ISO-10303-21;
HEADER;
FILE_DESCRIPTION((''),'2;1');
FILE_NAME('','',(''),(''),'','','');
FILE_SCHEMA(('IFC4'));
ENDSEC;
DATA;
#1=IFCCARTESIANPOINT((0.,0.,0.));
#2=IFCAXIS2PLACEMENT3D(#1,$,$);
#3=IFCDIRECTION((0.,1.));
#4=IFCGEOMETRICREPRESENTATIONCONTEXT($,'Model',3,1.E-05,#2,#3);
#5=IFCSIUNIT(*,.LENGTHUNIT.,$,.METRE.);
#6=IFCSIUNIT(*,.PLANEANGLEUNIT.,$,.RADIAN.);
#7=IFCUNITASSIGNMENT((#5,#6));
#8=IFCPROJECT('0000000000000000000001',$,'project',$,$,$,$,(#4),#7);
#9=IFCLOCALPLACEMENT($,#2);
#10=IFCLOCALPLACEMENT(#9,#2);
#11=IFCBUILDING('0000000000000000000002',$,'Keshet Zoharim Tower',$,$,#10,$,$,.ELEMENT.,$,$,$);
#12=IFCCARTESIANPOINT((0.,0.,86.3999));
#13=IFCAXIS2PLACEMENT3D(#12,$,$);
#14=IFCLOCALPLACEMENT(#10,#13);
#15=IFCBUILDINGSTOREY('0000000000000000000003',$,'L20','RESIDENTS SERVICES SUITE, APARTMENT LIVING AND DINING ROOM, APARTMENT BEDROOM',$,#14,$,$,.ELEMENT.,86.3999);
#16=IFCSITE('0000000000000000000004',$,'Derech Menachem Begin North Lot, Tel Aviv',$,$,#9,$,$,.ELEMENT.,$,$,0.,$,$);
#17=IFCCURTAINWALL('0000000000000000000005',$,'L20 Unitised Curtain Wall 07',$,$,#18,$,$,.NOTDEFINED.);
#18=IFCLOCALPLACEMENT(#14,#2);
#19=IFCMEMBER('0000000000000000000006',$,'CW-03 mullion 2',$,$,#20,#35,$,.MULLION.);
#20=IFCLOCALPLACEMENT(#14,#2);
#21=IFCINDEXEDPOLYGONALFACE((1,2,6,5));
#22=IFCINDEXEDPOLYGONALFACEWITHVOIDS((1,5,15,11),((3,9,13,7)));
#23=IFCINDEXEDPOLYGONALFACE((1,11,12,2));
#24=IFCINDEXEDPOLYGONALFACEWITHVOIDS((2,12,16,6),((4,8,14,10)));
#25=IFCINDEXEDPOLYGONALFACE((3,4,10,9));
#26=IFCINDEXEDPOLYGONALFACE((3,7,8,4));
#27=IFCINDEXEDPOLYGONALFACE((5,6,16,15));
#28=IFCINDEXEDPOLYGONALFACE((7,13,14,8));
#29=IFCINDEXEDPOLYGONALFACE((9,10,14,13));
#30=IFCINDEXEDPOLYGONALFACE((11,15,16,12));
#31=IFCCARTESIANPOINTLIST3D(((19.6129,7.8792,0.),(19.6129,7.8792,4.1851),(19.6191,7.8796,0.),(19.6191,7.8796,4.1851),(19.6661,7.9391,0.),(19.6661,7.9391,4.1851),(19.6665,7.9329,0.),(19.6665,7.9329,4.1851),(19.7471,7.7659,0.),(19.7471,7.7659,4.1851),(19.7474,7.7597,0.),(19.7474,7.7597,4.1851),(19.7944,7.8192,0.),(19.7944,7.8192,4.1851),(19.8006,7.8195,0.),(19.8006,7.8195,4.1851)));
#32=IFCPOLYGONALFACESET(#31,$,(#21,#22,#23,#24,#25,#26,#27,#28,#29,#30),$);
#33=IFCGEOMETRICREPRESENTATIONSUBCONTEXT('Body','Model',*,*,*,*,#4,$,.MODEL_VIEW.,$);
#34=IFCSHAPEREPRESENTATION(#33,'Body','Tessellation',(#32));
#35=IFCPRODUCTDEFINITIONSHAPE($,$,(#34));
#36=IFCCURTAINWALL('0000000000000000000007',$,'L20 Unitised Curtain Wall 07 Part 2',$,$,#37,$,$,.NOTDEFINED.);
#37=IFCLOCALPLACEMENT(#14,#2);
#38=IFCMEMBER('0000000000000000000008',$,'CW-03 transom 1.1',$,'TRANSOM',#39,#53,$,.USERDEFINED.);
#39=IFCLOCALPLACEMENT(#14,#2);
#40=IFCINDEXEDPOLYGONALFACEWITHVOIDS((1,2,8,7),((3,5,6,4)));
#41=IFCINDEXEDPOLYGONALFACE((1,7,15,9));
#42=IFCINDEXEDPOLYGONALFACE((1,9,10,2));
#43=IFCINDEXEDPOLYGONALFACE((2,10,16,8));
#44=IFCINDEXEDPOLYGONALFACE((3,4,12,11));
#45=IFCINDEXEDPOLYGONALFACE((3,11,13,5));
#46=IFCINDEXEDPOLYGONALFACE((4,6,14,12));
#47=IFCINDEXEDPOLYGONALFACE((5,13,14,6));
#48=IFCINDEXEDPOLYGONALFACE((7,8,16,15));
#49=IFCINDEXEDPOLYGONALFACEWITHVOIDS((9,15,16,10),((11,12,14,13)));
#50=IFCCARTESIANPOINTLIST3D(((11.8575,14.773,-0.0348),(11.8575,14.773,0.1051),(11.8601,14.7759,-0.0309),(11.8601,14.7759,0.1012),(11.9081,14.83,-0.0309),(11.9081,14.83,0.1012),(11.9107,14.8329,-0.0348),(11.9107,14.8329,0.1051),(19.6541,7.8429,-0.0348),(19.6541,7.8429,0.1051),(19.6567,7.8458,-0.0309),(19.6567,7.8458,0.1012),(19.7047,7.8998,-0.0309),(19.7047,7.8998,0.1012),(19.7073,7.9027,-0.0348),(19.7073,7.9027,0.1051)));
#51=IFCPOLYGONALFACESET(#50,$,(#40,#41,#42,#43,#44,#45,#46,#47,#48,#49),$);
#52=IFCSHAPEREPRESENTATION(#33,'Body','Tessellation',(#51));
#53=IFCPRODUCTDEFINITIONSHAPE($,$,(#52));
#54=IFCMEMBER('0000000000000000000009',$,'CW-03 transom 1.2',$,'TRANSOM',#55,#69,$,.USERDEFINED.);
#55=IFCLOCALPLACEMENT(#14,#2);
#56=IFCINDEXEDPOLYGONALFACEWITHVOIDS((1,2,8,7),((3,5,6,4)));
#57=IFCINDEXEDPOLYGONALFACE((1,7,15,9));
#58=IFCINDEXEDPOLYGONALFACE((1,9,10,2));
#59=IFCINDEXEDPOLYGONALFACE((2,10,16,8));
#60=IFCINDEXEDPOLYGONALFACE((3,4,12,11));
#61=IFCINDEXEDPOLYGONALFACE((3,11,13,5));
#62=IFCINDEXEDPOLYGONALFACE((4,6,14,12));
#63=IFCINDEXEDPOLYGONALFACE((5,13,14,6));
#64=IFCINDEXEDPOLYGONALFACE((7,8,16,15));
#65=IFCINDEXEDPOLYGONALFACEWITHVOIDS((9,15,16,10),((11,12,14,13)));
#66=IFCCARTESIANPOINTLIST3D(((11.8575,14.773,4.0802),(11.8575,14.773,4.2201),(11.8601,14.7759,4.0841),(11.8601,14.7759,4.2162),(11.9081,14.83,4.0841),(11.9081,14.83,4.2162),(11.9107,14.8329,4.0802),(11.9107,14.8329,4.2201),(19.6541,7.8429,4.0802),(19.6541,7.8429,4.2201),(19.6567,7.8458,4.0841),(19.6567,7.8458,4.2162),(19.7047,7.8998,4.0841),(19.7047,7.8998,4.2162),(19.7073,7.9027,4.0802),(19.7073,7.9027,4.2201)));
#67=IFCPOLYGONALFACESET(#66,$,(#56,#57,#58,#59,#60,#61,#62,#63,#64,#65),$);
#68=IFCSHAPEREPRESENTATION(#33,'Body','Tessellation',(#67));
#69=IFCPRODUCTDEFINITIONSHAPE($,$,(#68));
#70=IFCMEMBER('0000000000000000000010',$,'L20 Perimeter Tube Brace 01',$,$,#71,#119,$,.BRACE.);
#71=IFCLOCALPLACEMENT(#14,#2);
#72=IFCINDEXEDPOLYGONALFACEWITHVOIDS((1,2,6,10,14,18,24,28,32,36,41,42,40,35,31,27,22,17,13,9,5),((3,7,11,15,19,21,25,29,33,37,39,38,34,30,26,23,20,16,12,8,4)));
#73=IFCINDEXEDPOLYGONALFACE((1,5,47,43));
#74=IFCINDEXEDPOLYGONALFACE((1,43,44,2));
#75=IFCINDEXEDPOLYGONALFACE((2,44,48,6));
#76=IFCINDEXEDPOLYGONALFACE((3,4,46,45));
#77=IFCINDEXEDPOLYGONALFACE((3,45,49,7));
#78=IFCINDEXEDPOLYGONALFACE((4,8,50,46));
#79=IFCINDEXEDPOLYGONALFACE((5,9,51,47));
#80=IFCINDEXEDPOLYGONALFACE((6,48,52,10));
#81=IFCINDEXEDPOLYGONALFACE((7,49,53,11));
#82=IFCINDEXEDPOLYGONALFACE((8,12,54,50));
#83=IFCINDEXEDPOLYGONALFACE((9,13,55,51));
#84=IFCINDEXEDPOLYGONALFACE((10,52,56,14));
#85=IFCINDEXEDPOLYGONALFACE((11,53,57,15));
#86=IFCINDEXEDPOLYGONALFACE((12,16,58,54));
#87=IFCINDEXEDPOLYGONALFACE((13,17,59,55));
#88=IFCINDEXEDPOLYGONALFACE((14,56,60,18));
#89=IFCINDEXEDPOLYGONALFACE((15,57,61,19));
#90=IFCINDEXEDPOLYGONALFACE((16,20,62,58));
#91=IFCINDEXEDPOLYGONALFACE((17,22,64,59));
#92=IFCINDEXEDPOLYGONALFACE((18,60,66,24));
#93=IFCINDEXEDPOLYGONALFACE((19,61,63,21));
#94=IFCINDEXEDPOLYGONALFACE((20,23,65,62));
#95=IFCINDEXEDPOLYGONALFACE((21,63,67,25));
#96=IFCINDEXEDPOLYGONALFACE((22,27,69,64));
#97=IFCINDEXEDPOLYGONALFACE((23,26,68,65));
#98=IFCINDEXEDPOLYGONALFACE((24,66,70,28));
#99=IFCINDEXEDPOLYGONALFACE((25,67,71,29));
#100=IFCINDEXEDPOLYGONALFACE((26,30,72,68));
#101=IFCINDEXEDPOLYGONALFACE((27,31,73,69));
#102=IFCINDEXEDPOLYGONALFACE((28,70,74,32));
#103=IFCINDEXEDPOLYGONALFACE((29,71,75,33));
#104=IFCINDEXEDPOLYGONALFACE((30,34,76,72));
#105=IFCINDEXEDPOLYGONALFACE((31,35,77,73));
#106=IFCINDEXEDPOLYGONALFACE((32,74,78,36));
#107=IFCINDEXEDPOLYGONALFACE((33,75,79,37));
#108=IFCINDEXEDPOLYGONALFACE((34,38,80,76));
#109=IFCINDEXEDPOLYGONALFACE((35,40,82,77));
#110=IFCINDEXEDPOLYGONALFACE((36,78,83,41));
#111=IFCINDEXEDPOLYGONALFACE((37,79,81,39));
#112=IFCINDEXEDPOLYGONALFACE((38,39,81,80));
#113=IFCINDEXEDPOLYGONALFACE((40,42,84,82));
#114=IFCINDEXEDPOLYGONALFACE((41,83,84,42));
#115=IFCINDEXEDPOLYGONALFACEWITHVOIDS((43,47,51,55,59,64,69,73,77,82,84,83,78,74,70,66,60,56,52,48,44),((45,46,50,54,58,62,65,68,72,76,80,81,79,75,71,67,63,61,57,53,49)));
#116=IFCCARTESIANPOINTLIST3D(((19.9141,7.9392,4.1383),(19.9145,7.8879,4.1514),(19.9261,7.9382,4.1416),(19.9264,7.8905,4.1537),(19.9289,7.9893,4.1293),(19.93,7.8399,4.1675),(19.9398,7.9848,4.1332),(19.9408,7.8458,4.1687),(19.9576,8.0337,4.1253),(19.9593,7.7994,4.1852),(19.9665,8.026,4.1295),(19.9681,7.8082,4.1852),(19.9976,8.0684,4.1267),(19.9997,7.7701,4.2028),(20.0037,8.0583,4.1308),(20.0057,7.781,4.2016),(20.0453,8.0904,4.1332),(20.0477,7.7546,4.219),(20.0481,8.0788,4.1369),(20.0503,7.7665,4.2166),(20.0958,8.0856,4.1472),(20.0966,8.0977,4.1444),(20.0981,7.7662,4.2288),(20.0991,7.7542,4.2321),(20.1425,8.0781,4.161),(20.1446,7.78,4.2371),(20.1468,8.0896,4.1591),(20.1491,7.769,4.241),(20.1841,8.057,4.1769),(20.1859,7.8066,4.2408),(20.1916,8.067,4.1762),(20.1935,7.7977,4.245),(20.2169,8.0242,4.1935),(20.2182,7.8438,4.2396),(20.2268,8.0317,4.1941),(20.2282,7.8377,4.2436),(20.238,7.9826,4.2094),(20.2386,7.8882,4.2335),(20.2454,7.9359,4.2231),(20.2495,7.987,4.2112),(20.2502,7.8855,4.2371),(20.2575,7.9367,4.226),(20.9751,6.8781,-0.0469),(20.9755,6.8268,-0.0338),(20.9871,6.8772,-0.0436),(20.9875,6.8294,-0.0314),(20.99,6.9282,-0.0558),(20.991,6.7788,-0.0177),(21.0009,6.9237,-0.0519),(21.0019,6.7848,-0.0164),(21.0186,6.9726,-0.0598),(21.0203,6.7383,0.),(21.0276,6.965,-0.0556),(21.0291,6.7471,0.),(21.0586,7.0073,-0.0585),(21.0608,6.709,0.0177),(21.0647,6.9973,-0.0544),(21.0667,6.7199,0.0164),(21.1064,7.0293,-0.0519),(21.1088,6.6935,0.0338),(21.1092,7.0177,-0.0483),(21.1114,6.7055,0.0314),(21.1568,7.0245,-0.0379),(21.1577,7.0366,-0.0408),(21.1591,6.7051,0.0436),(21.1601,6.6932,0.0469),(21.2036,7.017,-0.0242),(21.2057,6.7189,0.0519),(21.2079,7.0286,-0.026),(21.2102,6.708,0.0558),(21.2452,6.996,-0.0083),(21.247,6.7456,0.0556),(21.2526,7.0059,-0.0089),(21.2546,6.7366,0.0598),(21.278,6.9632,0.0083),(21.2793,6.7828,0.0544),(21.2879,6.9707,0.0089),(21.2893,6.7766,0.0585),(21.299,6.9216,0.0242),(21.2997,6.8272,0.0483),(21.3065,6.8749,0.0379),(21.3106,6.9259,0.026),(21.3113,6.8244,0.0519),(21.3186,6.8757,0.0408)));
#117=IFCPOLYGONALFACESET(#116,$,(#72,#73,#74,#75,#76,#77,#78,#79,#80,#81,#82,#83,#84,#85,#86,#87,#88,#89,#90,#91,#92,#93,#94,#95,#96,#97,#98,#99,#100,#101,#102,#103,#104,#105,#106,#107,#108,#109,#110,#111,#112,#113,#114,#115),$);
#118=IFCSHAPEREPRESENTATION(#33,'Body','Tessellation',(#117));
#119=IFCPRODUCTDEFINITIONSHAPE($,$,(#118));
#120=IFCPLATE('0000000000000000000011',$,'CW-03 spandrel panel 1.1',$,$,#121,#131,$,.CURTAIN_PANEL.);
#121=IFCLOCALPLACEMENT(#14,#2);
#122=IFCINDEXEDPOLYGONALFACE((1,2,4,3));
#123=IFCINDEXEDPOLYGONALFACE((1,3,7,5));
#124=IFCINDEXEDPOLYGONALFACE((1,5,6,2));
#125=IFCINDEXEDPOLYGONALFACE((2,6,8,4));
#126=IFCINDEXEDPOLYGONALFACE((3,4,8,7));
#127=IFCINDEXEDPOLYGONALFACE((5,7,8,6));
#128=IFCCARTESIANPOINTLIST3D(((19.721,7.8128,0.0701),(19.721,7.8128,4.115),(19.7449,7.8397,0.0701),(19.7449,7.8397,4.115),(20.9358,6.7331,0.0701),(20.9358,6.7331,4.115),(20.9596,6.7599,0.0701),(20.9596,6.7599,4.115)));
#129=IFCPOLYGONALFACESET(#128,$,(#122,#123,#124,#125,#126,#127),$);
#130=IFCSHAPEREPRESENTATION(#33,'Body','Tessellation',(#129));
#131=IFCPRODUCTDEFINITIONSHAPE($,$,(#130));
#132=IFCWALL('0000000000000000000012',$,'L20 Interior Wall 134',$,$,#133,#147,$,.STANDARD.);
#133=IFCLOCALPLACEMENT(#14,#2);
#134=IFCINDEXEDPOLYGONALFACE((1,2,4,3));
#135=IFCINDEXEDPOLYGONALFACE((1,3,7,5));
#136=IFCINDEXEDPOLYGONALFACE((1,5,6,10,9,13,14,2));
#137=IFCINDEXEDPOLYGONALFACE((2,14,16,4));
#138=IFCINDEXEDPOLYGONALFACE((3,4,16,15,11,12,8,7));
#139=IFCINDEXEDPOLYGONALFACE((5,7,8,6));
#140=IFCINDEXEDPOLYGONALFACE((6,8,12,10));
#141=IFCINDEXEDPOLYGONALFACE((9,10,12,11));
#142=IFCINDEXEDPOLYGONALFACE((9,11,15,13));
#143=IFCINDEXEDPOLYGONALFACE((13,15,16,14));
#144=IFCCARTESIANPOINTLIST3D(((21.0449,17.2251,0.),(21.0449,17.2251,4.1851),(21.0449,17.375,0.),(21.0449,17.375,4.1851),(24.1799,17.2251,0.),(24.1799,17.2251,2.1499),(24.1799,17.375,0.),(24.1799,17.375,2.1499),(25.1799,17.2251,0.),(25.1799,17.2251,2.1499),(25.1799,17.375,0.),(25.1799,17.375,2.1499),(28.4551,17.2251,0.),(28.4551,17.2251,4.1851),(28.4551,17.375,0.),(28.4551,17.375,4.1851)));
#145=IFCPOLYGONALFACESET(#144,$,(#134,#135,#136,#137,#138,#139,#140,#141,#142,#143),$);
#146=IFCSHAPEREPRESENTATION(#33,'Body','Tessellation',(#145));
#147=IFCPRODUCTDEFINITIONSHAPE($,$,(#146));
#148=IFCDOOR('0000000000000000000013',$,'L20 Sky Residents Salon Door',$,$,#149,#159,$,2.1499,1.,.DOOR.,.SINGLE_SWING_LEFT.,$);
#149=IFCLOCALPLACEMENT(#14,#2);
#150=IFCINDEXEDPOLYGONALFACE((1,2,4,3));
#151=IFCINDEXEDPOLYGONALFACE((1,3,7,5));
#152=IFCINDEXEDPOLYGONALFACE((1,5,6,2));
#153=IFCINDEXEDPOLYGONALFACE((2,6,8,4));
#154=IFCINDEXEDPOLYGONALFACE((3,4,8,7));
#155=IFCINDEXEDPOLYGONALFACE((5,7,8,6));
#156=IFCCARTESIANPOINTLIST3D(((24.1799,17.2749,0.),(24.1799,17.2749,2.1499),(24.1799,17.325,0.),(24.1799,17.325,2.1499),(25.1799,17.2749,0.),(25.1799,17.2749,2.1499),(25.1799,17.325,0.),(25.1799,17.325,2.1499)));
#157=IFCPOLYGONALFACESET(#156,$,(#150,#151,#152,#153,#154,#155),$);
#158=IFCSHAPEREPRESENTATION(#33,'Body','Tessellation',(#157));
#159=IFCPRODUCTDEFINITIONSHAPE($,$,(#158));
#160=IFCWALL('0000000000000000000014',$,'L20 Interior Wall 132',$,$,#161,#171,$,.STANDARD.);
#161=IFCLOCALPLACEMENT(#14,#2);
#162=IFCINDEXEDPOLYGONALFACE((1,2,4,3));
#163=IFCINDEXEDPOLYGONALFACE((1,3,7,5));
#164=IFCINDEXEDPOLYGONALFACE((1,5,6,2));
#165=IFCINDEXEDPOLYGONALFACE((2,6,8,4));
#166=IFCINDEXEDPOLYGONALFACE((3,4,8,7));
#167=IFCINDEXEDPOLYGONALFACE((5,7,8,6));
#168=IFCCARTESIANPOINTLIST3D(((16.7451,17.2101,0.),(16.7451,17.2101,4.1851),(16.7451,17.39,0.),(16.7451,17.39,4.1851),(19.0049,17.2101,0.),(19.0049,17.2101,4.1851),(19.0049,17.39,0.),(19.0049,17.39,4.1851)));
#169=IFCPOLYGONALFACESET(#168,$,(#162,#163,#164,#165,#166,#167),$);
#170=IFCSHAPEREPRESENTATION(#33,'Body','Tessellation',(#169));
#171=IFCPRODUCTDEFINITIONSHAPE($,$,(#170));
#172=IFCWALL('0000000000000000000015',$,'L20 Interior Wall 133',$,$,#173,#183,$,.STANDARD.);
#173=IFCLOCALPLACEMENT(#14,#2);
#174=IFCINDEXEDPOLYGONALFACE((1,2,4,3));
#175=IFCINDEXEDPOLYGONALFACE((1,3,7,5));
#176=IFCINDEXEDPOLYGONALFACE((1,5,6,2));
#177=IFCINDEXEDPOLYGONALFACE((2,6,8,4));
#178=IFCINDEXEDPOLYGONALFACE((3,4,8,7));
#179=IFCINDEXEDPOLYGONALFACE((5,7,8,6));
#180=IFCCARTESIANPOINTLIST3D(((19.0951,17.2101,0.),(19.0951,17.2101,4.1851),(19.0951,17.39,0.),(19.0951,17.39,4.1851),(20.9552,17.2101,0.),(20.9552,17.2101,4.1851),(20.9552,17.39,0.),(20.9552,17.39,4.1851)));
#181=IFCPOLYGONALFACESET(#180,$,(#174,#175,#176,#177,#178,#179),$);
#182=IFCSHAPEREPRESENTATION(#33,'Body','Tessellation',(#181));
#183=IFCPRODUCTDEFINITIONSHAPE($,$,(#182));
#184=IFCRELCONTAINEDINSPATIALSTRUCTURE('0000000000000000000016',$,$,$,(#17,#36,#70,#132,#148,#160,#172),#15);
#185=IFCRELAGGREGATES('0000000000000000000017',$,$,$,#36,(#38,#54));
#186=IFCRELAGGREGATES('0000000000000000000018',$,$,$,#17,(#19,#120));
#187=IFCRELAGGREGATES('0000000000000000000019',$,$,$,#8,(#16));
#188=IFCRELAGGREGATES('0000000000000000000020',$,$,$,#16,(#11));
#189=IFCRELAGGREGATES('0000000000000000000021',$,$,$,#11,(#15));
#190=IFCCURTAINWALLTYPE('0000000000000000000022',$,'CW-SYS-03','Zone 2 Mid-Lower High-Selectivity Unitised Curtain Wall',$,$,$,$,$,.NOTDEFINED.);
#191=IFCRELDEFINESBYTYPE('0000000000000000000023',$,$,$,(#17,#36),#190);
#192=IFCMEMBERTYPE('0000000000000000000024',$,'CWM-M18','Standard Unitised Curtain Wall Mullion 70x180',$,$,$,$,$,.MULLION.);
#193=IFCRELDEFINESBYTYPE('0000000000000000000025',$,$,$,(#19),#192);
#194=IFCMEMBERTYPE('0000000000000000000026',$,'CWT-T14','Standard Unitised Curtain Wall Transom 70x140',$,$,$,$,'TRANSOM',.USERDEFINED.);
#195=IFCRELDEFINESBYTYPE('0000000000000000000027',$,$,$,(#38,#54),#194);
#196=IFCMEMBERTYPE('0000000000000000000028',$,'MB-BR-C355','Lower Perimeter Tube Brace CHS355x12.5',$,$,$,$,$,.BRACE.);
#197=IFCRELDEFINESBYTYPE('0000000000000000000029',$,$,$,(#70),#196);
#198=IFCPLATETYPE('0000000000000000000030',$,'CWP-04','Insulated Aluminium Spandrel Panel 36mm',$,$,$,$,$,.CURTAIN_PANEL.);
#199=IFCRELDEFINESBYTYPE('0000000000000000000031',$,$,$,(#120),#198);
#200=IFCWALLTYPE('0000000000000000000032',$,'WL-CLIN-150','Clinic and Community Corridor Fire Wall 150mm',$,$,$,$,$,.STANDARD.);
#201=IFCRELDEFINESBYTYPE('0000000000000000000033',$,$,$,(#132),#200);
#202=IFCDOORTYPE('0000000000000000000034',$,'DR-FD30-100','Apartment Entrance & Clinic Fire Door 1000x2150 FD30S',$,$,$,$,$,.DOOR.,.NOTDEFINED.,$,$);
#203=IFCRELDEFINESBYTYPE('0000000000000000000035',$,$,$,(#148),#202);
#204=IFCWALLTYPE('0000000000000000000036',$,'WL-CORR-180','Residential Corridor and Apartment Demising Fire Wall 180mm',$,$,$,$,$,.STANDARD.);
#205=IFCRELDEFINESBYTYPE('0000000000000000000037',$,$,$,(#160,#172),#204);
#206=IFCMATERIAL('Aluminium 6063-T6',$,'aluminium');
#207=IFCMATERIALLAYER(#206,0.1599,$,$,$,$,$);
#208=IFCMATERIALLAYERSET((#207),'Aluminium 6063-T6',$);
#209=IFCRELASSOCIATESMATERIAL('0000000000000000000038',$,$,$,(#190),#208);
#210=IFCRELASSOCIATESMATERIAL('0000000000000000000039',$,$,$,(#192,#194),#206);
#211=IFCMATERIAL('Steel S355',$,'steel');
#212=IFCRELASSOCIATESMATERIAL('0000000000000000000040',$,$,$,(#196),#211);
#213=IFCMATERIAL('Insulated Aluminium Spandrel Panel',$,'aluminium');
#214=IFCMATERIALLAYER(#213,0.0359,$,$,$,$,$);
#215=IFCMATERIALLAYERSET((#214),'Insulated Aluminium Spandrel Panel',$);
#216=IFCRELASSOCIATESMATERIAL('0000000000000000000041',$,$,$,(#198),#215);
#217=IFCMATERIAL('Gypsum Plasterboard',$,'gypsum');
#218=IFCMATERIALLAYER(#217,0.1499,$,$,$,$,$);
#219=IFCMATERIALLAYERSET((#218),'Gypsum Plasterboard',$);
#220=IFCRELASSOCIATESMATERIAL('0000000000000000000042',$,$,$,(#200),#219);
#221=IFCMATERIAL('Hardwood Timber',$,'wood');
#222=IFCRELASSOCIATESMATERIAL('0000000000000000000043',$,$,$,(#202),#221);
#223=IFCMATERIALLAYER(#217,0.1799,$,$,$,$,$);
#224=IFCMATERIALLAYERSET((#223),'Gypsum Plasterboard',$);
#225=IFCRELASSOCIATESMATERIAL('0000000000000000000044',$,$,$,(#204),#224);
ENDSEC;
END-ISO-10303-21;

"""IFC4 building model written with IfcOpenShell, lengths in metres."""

from ifc_helpers import new_model, si_unit, direction, frame, frame_2d, origin, origin_2d, place, context, subcontext, project, spatial, rectangle, hollow_rectangle, hollow_circle, extrude, material, layer, layer_set, material_profile, profile_set, type_object, element, fill, aggregate, save


model = new_model("IFC4")

# Units and contexts
model_context = context("Model", 3, precision=1e-05, world=origin(), true_north=direction((0.0, 1.0)))
body_context = subcontext(model_context, "Body", "Model", "MODEL_VIEW")
ifc_project = project(units=[si_unit("LENGTHUNIT", "METRE"), si_unit("PLANEANGLEUNIT", "RADIAN")], contexts=[model_context])

# Site, building, storey
site_placement = place(None, origin())
site = spatial("IfcSite", under=ifc_project, at=site_placement, Name="Derech Menachem Begin North Lot, Tel Aviv", CompositionType="ELEMENT", RefElevation=0.0)
building_placement = place(site_placement, origin())
building = spatial("IfcBuilding", under=site, at=building_placement, Name="Keshet Zoharim Tower", CompositionType="ELEMENT")
storey_placement = place(building_placement, frame((0.0, 0.0, 86.3999)))
storey = spatial("IfcBuildingStorey", under=building, at=storey_placement, Name="L20", Description="RESIDENTS SERVICES SUITE, APARTMENT LIVING AND DINING ROOM, APARTMENT BEDROOM", CompositionType="ELEMENT", Elevation=86.3999)

# Curtain wall, member
ifc_material_1 = material(Name="Aluminium 6063-T6", Category="aluminium")
ifc_layer_1 = layer(ifc_material_1, 0.1599)
ifc_layer_set_1 = layer_set([ifc_layer_1], Name="Aluminium 6063-T6")
curtain_wall_type = type_object("IfcCurtainWallType", Name="CW-SYS-03", Description="Zone 2 Mid-Lower High-Selectivity Unitised Curtain Wall", PredefinedType="NOTDEFINED", material=ifc_layer_set_1)
curtain_wall_1_placement = place(storey_placement, origin())
curtain_wall_1 = element("IfcCurtainWall", 1, at=curtain_wall_1_placement, inside=storey, type_object=curtain_wall_type, Name="L20 Unitised Curtain Wall 07", PredefinedType="NOTDEFINED")
ifc_material_profile_1 = material_profile(ifc_material_1, hollow_rectangle(XDim=0.0801, YDim=0.1799, WallThickness=0.0044, at=origin_2d()), Name="MUL-80x180")
ifc_profile_set_1 = profile_set([ifc_material_profile_1], Name="Aluminium 6063-T6")
member_type_1 = type_object("IfcMemberType", Name="CWM-M18", Description="Standard Unitised Curtain Wall Mullion 70x180", PredefinedType="MULLION", material=ifc_profile_set_1)
member_1_placement = place(storey_placement, frame((19.7068, 7.8494, 0.0), z_axis=(0.0, 0.0, 1.0), x_axis=(-0.66436, -0.747412, 0.0)))
member_1 = element("IfcMember", 2, at=member_1_placement, type_object=member_type_1, Name="CW-03 mullion 2", PredefinedType="MULLION", context=body_context, shape_type="SweptSolid", body=[
    extrude(hollow_rectangle(XDim=0.0801, YDim=0.1799, WallThickness=0.0044, at=origin_2d()), origin(), (0.0, 0.0, 1.0), 4.1851),
])

# Curtain wall, members
curtain_wall_2_placement = place(storey_placement, origin())
curtain_wall_2 = element("IfcCurtainWall", 3, at=curtain_wall_2_placement, inside=storey, type_object=curtain_wall_type, Name="L20 Unitised Curtain Wall 07 Part 2", PredefinedType="NOTDEFINED")
ifc_material_profile_2 = material_profile(ifc_material_1, hollow_rectangle(XDim=0.0801, YDim=0.1399, WallThickness=0.0039, at=origin_2d()), Name="TRN-80x140")
ifc_profile_set_2 = profile_set([ifc_material_profile_2], Name="Aluminium 6063-T6")
member_type_2 = type_object("IfcMemberType", Name="CWT-T14", Description="Standard Unitised Curtain Wall Transom 70x140", ElementType="TRANSOM", PredefinedType="USERDEFINED", material=ifc_profile_set_2)
member_2_placement = place(storey_placement, frame((19.6807, 7.8728, 0.0352), z_axis=(-0.747417, 0.664355, 0.0), x_axis=(-0.664355, -0.747417, 0.0)))
member_2 = element("IfcMember", 4, at=member_2_placement, type_object=member_type_2, Name="CW-03 transom 1.1", ObjectType="TRANSOM", PredefinedType="USERDEFINED", context=body_context, shape_type="SweptSolid", body=[
    extrude(hollow_rectangle(XDim=0.0801, YDim=0.1399, WallThickness=0.0039, at=origin_2d()), origin(), (0.0, 0.0, 1.0), 10.4314),
])
member_3_placement = place(storey_placement, frame((19.6807, 7.8728, 4.1501), z_axis=(-0.747417, 0.664355, 0.0), x_axis=(-0.664355, -0.747417, 0.0)))
member_3 = element("IfcMember", 5, at=member_3_placement, type_object=member_type_2, Name="CW-03 transom 1.2", ObjectType="TRANSOM", PredefinedType="USERDEFINED", context=body_context, shape_type="SweptSolid", body=[
    extrude(hollow_rectangle(XDim=0.0801, YDim=0.1399, WallThickness=0.0039, at=origin_2d()), origin(), (0.0, 0.0, 1.0), 10.4314),
])
aggregate(curtain_wall_2, [member_2, member_3])

# Member
ifc_material_2 = material(Name="Steel S355", Category="steel")
ifc_material_profile_3 = material_profile(ifc_material_2, hollow_circle(Radius=0.1777, WallThickness=0.0125, at=origin_2d()), Name="CHS355x12.5")
ifc_profile_set_3 = profile_set([ifc_material_profile_3], Name="Steel S355")
member_type_3 = type_object("IfcMemberType", Name="MB-BR-C355", Description="Lower Perimeter Tube Brace CHS355x12.5", PredefinedType="BRACE", material=ifc_profile_set_3)
member_4_placement = place(storey_placement, frame((21.146, 6.864, 0.0), z_axis=(-0.238653, 0.238653, 0.941323), x_axis=(-0.707107, -0.707107, 0.0)))
element("IfcMember", 6, at=member_4_placement, inside=storey, type_object=member_type_3, Name="L20 Perimeter Tube Brace 01", PredefinedType="BRACE", context=body_context, shape_type="SweptSolid", body=[
    extrude(hollow_circle(Radius=0.1777, WallThickness=0.0125, at=origin_2d()), origin(), (0.0, 0.0, 1.0), 4.446),
])

# Plate
ifc_material_3 = material(Name="Insulated Aluminium Spandrel Panel", Category="aluminium")
ifc_layer_2 = layer(ifc_material_3, 0.0359)
ifc_layer_set_2 = layer_set([ifc_layer_2], Name="Insulated Aluminium Spandrel Panel")
plate_type = type_object("IfcPlateType", Name="CWP-04", Description="Insulated Aluminium Spandrel Panel 36mm", PredefinedType="CURTAIN_PANEL", material=ifc_layer_set_2)
plate_placement = place(storey_placement, frame((20.3403, 7.2864, 0.0701), z_axis=(0.0, 0.0, 1.0), x_axis=(-0.747412, 0.66436, 0.0)))
plate = element("IfcPlate", 7, at=plate_placement, type_object=plate_type, Name="CW-03 spandrel panel 1.1", PredefinedType="CURTAIN_PANEL", context=body_context, shape_type="SweptSolid", body=[
    extrude(rectangle(XDim=1.6252, YDim=0.0359, at=origin_2d()), origin(), (0.0, 0.0, 1.0), 4.0449),
])
aggregate(curtain_wall_1, [member_1, plate])

# Wall, opening, door
ifc_material_4 = material(Name="Gypsum Plasterboard", Category="gypsum")
ifc_layer_3 = layer(ifc_material_4, 0.1499)
ifc_layer_set_3 = layer_set([ifc_layer_3], Name="Gypsum Plasterboard")
wall_type_1 = type_object("IfcWallType", Name="WL-CLIN-150", Description="Clinic and Community Corridor Fire Wall 150mm", PredefinedType="STANDARD", material=ifc_layer_set_3)
wall_1_placement = place(storey_placement, frame((21.0449, 17.3, 0.0), z_axis=(0.0, 0.0, 1.0), x_axis=(1.0, 0.0, 0.0)))
wall_1 = element("IfcWall", 8, at=wall_1_placement, inside=storey, type_object=wall_type_1, Name="L20 Interior Wall 134", PredefinedType="STANDARD", context=body_context, shape_type="SweptSolid", body=[
    extrude(rectangle(XDim=7.4102, YDim=0.1499, at=frame_2d((3.7051, 0.0))), origin(), (0.0, 0.0, 1.0), 4.1851),
])
opening_1_placement = place(wall_1_placement, frame((3.135, 0.0, 0.0)))
opening_1 = element("IfcOpeningElement", 9, at=opening_1_placement, cuts=wall_1, PredefinedType="OPENING", context=body_context, shape_type="SweptSolid", body=[
    extrude(rectangle(XDim=1.0, YDim=2.1499, at=frame_2d((0.5, 1.075))), frame((0.0, 0.085, 0.0), z_axis=(0.0, -1.0, 0.0), x_axis=(1.0, 0.0, 0.0)), (0.0, 0.0, 1.0), 0.1699),
])
ifc_material_5 = material(Name="Hardwood Timber", Category="wood")
door_type_1 = type_object("IfcDoorType", Name="DR-FD30-100", Description="Apartment Entrance & Clinic Fire Door 1000x2150 FD30S", OperationType="NOTDEFINED", PredefinedType="DOOR", material=ifc_material_5)
door_1_placement = place(opening_1_placement, origin())
door_1 = element("IfcDoor", 10, at=door_1_placement, inside=storey, type_object=door_type_1, Name="L20 Sky Residents Salon Door", OperationType="SINGLE_SWING_LEFT", OverallHeight=2.1499, OverallWidth=1.0, PredefinedType="DOOR", context=body_context, shape_type="SweptSolid", body=[
    extrude(rectangle(XDim=1.0, YDim=2.1499, at=frame_2d((0.5, 1.075))), frame((0.0, 0.0249, 0.0), z_axis=(0.0, -1.0, 0.0), x_axis=(1.0, 0.0, 0.0)), (0.0, 0.0, 1.0), 0.05),
])
fill(opening_1, door_1)

# Walls
ifc_layer_4 = layer(ifc_material_4, 0.1799)
ifc_layer_set_4 = layer_set([ifc_layer_4], Name="Gypsum Plasterboard")
wall_type_2 = type_object("IfcWallType", Name="WL-CORR-180", Description="Residential Corridor and Apartment Demising Fire Wall 180mm", PredefinedType="STANDARD", material=ifc_layer_set_4)
wall_2_placement = place(storey_placement, frame((16.7451, 17.3, 0.0), z_axis=(0.0, 0.0, 1.0), x_axis=(1.0, 0.0, 0.0)))
element("IfcWall", 11, at=wall_2_placement, inside=storey, type_object=wall_type_2, Name="L20 Interior Wall 132", PredefinedType="STANDARD", context=body_context, shape_type="SweptSolid", body=[
    extrude(rectangle(XDim=2.2598, YDim=0.1799, at=frame_2d((1.1299, 0.0))), origin(), (0.0, 0.0, 1.0), 4.1851),
])
wall_3_placement = place(storey_placement, frame((19.095, 17.3, 0.0), z_axis=(0.0, 0.0, 1.0), x_axis=(1.0, 0.0, 0.0)))
element("IfcWall", 12, at=wall_3_placement, inside=storey, type_object=wall_type_2, Name="L20 Interior Wall 133", PredefinedType="STANDARD", context=body_context, shape_type="SweptSolid", body=[
    extrude(rectangle(XDim=1.8601, YDim=0.1799, at=frame_2d((0.9302, 0.0))), origin(), (0.0, 0.0, 1.0), 4.1851),
])

save(model, "model.ifc")
